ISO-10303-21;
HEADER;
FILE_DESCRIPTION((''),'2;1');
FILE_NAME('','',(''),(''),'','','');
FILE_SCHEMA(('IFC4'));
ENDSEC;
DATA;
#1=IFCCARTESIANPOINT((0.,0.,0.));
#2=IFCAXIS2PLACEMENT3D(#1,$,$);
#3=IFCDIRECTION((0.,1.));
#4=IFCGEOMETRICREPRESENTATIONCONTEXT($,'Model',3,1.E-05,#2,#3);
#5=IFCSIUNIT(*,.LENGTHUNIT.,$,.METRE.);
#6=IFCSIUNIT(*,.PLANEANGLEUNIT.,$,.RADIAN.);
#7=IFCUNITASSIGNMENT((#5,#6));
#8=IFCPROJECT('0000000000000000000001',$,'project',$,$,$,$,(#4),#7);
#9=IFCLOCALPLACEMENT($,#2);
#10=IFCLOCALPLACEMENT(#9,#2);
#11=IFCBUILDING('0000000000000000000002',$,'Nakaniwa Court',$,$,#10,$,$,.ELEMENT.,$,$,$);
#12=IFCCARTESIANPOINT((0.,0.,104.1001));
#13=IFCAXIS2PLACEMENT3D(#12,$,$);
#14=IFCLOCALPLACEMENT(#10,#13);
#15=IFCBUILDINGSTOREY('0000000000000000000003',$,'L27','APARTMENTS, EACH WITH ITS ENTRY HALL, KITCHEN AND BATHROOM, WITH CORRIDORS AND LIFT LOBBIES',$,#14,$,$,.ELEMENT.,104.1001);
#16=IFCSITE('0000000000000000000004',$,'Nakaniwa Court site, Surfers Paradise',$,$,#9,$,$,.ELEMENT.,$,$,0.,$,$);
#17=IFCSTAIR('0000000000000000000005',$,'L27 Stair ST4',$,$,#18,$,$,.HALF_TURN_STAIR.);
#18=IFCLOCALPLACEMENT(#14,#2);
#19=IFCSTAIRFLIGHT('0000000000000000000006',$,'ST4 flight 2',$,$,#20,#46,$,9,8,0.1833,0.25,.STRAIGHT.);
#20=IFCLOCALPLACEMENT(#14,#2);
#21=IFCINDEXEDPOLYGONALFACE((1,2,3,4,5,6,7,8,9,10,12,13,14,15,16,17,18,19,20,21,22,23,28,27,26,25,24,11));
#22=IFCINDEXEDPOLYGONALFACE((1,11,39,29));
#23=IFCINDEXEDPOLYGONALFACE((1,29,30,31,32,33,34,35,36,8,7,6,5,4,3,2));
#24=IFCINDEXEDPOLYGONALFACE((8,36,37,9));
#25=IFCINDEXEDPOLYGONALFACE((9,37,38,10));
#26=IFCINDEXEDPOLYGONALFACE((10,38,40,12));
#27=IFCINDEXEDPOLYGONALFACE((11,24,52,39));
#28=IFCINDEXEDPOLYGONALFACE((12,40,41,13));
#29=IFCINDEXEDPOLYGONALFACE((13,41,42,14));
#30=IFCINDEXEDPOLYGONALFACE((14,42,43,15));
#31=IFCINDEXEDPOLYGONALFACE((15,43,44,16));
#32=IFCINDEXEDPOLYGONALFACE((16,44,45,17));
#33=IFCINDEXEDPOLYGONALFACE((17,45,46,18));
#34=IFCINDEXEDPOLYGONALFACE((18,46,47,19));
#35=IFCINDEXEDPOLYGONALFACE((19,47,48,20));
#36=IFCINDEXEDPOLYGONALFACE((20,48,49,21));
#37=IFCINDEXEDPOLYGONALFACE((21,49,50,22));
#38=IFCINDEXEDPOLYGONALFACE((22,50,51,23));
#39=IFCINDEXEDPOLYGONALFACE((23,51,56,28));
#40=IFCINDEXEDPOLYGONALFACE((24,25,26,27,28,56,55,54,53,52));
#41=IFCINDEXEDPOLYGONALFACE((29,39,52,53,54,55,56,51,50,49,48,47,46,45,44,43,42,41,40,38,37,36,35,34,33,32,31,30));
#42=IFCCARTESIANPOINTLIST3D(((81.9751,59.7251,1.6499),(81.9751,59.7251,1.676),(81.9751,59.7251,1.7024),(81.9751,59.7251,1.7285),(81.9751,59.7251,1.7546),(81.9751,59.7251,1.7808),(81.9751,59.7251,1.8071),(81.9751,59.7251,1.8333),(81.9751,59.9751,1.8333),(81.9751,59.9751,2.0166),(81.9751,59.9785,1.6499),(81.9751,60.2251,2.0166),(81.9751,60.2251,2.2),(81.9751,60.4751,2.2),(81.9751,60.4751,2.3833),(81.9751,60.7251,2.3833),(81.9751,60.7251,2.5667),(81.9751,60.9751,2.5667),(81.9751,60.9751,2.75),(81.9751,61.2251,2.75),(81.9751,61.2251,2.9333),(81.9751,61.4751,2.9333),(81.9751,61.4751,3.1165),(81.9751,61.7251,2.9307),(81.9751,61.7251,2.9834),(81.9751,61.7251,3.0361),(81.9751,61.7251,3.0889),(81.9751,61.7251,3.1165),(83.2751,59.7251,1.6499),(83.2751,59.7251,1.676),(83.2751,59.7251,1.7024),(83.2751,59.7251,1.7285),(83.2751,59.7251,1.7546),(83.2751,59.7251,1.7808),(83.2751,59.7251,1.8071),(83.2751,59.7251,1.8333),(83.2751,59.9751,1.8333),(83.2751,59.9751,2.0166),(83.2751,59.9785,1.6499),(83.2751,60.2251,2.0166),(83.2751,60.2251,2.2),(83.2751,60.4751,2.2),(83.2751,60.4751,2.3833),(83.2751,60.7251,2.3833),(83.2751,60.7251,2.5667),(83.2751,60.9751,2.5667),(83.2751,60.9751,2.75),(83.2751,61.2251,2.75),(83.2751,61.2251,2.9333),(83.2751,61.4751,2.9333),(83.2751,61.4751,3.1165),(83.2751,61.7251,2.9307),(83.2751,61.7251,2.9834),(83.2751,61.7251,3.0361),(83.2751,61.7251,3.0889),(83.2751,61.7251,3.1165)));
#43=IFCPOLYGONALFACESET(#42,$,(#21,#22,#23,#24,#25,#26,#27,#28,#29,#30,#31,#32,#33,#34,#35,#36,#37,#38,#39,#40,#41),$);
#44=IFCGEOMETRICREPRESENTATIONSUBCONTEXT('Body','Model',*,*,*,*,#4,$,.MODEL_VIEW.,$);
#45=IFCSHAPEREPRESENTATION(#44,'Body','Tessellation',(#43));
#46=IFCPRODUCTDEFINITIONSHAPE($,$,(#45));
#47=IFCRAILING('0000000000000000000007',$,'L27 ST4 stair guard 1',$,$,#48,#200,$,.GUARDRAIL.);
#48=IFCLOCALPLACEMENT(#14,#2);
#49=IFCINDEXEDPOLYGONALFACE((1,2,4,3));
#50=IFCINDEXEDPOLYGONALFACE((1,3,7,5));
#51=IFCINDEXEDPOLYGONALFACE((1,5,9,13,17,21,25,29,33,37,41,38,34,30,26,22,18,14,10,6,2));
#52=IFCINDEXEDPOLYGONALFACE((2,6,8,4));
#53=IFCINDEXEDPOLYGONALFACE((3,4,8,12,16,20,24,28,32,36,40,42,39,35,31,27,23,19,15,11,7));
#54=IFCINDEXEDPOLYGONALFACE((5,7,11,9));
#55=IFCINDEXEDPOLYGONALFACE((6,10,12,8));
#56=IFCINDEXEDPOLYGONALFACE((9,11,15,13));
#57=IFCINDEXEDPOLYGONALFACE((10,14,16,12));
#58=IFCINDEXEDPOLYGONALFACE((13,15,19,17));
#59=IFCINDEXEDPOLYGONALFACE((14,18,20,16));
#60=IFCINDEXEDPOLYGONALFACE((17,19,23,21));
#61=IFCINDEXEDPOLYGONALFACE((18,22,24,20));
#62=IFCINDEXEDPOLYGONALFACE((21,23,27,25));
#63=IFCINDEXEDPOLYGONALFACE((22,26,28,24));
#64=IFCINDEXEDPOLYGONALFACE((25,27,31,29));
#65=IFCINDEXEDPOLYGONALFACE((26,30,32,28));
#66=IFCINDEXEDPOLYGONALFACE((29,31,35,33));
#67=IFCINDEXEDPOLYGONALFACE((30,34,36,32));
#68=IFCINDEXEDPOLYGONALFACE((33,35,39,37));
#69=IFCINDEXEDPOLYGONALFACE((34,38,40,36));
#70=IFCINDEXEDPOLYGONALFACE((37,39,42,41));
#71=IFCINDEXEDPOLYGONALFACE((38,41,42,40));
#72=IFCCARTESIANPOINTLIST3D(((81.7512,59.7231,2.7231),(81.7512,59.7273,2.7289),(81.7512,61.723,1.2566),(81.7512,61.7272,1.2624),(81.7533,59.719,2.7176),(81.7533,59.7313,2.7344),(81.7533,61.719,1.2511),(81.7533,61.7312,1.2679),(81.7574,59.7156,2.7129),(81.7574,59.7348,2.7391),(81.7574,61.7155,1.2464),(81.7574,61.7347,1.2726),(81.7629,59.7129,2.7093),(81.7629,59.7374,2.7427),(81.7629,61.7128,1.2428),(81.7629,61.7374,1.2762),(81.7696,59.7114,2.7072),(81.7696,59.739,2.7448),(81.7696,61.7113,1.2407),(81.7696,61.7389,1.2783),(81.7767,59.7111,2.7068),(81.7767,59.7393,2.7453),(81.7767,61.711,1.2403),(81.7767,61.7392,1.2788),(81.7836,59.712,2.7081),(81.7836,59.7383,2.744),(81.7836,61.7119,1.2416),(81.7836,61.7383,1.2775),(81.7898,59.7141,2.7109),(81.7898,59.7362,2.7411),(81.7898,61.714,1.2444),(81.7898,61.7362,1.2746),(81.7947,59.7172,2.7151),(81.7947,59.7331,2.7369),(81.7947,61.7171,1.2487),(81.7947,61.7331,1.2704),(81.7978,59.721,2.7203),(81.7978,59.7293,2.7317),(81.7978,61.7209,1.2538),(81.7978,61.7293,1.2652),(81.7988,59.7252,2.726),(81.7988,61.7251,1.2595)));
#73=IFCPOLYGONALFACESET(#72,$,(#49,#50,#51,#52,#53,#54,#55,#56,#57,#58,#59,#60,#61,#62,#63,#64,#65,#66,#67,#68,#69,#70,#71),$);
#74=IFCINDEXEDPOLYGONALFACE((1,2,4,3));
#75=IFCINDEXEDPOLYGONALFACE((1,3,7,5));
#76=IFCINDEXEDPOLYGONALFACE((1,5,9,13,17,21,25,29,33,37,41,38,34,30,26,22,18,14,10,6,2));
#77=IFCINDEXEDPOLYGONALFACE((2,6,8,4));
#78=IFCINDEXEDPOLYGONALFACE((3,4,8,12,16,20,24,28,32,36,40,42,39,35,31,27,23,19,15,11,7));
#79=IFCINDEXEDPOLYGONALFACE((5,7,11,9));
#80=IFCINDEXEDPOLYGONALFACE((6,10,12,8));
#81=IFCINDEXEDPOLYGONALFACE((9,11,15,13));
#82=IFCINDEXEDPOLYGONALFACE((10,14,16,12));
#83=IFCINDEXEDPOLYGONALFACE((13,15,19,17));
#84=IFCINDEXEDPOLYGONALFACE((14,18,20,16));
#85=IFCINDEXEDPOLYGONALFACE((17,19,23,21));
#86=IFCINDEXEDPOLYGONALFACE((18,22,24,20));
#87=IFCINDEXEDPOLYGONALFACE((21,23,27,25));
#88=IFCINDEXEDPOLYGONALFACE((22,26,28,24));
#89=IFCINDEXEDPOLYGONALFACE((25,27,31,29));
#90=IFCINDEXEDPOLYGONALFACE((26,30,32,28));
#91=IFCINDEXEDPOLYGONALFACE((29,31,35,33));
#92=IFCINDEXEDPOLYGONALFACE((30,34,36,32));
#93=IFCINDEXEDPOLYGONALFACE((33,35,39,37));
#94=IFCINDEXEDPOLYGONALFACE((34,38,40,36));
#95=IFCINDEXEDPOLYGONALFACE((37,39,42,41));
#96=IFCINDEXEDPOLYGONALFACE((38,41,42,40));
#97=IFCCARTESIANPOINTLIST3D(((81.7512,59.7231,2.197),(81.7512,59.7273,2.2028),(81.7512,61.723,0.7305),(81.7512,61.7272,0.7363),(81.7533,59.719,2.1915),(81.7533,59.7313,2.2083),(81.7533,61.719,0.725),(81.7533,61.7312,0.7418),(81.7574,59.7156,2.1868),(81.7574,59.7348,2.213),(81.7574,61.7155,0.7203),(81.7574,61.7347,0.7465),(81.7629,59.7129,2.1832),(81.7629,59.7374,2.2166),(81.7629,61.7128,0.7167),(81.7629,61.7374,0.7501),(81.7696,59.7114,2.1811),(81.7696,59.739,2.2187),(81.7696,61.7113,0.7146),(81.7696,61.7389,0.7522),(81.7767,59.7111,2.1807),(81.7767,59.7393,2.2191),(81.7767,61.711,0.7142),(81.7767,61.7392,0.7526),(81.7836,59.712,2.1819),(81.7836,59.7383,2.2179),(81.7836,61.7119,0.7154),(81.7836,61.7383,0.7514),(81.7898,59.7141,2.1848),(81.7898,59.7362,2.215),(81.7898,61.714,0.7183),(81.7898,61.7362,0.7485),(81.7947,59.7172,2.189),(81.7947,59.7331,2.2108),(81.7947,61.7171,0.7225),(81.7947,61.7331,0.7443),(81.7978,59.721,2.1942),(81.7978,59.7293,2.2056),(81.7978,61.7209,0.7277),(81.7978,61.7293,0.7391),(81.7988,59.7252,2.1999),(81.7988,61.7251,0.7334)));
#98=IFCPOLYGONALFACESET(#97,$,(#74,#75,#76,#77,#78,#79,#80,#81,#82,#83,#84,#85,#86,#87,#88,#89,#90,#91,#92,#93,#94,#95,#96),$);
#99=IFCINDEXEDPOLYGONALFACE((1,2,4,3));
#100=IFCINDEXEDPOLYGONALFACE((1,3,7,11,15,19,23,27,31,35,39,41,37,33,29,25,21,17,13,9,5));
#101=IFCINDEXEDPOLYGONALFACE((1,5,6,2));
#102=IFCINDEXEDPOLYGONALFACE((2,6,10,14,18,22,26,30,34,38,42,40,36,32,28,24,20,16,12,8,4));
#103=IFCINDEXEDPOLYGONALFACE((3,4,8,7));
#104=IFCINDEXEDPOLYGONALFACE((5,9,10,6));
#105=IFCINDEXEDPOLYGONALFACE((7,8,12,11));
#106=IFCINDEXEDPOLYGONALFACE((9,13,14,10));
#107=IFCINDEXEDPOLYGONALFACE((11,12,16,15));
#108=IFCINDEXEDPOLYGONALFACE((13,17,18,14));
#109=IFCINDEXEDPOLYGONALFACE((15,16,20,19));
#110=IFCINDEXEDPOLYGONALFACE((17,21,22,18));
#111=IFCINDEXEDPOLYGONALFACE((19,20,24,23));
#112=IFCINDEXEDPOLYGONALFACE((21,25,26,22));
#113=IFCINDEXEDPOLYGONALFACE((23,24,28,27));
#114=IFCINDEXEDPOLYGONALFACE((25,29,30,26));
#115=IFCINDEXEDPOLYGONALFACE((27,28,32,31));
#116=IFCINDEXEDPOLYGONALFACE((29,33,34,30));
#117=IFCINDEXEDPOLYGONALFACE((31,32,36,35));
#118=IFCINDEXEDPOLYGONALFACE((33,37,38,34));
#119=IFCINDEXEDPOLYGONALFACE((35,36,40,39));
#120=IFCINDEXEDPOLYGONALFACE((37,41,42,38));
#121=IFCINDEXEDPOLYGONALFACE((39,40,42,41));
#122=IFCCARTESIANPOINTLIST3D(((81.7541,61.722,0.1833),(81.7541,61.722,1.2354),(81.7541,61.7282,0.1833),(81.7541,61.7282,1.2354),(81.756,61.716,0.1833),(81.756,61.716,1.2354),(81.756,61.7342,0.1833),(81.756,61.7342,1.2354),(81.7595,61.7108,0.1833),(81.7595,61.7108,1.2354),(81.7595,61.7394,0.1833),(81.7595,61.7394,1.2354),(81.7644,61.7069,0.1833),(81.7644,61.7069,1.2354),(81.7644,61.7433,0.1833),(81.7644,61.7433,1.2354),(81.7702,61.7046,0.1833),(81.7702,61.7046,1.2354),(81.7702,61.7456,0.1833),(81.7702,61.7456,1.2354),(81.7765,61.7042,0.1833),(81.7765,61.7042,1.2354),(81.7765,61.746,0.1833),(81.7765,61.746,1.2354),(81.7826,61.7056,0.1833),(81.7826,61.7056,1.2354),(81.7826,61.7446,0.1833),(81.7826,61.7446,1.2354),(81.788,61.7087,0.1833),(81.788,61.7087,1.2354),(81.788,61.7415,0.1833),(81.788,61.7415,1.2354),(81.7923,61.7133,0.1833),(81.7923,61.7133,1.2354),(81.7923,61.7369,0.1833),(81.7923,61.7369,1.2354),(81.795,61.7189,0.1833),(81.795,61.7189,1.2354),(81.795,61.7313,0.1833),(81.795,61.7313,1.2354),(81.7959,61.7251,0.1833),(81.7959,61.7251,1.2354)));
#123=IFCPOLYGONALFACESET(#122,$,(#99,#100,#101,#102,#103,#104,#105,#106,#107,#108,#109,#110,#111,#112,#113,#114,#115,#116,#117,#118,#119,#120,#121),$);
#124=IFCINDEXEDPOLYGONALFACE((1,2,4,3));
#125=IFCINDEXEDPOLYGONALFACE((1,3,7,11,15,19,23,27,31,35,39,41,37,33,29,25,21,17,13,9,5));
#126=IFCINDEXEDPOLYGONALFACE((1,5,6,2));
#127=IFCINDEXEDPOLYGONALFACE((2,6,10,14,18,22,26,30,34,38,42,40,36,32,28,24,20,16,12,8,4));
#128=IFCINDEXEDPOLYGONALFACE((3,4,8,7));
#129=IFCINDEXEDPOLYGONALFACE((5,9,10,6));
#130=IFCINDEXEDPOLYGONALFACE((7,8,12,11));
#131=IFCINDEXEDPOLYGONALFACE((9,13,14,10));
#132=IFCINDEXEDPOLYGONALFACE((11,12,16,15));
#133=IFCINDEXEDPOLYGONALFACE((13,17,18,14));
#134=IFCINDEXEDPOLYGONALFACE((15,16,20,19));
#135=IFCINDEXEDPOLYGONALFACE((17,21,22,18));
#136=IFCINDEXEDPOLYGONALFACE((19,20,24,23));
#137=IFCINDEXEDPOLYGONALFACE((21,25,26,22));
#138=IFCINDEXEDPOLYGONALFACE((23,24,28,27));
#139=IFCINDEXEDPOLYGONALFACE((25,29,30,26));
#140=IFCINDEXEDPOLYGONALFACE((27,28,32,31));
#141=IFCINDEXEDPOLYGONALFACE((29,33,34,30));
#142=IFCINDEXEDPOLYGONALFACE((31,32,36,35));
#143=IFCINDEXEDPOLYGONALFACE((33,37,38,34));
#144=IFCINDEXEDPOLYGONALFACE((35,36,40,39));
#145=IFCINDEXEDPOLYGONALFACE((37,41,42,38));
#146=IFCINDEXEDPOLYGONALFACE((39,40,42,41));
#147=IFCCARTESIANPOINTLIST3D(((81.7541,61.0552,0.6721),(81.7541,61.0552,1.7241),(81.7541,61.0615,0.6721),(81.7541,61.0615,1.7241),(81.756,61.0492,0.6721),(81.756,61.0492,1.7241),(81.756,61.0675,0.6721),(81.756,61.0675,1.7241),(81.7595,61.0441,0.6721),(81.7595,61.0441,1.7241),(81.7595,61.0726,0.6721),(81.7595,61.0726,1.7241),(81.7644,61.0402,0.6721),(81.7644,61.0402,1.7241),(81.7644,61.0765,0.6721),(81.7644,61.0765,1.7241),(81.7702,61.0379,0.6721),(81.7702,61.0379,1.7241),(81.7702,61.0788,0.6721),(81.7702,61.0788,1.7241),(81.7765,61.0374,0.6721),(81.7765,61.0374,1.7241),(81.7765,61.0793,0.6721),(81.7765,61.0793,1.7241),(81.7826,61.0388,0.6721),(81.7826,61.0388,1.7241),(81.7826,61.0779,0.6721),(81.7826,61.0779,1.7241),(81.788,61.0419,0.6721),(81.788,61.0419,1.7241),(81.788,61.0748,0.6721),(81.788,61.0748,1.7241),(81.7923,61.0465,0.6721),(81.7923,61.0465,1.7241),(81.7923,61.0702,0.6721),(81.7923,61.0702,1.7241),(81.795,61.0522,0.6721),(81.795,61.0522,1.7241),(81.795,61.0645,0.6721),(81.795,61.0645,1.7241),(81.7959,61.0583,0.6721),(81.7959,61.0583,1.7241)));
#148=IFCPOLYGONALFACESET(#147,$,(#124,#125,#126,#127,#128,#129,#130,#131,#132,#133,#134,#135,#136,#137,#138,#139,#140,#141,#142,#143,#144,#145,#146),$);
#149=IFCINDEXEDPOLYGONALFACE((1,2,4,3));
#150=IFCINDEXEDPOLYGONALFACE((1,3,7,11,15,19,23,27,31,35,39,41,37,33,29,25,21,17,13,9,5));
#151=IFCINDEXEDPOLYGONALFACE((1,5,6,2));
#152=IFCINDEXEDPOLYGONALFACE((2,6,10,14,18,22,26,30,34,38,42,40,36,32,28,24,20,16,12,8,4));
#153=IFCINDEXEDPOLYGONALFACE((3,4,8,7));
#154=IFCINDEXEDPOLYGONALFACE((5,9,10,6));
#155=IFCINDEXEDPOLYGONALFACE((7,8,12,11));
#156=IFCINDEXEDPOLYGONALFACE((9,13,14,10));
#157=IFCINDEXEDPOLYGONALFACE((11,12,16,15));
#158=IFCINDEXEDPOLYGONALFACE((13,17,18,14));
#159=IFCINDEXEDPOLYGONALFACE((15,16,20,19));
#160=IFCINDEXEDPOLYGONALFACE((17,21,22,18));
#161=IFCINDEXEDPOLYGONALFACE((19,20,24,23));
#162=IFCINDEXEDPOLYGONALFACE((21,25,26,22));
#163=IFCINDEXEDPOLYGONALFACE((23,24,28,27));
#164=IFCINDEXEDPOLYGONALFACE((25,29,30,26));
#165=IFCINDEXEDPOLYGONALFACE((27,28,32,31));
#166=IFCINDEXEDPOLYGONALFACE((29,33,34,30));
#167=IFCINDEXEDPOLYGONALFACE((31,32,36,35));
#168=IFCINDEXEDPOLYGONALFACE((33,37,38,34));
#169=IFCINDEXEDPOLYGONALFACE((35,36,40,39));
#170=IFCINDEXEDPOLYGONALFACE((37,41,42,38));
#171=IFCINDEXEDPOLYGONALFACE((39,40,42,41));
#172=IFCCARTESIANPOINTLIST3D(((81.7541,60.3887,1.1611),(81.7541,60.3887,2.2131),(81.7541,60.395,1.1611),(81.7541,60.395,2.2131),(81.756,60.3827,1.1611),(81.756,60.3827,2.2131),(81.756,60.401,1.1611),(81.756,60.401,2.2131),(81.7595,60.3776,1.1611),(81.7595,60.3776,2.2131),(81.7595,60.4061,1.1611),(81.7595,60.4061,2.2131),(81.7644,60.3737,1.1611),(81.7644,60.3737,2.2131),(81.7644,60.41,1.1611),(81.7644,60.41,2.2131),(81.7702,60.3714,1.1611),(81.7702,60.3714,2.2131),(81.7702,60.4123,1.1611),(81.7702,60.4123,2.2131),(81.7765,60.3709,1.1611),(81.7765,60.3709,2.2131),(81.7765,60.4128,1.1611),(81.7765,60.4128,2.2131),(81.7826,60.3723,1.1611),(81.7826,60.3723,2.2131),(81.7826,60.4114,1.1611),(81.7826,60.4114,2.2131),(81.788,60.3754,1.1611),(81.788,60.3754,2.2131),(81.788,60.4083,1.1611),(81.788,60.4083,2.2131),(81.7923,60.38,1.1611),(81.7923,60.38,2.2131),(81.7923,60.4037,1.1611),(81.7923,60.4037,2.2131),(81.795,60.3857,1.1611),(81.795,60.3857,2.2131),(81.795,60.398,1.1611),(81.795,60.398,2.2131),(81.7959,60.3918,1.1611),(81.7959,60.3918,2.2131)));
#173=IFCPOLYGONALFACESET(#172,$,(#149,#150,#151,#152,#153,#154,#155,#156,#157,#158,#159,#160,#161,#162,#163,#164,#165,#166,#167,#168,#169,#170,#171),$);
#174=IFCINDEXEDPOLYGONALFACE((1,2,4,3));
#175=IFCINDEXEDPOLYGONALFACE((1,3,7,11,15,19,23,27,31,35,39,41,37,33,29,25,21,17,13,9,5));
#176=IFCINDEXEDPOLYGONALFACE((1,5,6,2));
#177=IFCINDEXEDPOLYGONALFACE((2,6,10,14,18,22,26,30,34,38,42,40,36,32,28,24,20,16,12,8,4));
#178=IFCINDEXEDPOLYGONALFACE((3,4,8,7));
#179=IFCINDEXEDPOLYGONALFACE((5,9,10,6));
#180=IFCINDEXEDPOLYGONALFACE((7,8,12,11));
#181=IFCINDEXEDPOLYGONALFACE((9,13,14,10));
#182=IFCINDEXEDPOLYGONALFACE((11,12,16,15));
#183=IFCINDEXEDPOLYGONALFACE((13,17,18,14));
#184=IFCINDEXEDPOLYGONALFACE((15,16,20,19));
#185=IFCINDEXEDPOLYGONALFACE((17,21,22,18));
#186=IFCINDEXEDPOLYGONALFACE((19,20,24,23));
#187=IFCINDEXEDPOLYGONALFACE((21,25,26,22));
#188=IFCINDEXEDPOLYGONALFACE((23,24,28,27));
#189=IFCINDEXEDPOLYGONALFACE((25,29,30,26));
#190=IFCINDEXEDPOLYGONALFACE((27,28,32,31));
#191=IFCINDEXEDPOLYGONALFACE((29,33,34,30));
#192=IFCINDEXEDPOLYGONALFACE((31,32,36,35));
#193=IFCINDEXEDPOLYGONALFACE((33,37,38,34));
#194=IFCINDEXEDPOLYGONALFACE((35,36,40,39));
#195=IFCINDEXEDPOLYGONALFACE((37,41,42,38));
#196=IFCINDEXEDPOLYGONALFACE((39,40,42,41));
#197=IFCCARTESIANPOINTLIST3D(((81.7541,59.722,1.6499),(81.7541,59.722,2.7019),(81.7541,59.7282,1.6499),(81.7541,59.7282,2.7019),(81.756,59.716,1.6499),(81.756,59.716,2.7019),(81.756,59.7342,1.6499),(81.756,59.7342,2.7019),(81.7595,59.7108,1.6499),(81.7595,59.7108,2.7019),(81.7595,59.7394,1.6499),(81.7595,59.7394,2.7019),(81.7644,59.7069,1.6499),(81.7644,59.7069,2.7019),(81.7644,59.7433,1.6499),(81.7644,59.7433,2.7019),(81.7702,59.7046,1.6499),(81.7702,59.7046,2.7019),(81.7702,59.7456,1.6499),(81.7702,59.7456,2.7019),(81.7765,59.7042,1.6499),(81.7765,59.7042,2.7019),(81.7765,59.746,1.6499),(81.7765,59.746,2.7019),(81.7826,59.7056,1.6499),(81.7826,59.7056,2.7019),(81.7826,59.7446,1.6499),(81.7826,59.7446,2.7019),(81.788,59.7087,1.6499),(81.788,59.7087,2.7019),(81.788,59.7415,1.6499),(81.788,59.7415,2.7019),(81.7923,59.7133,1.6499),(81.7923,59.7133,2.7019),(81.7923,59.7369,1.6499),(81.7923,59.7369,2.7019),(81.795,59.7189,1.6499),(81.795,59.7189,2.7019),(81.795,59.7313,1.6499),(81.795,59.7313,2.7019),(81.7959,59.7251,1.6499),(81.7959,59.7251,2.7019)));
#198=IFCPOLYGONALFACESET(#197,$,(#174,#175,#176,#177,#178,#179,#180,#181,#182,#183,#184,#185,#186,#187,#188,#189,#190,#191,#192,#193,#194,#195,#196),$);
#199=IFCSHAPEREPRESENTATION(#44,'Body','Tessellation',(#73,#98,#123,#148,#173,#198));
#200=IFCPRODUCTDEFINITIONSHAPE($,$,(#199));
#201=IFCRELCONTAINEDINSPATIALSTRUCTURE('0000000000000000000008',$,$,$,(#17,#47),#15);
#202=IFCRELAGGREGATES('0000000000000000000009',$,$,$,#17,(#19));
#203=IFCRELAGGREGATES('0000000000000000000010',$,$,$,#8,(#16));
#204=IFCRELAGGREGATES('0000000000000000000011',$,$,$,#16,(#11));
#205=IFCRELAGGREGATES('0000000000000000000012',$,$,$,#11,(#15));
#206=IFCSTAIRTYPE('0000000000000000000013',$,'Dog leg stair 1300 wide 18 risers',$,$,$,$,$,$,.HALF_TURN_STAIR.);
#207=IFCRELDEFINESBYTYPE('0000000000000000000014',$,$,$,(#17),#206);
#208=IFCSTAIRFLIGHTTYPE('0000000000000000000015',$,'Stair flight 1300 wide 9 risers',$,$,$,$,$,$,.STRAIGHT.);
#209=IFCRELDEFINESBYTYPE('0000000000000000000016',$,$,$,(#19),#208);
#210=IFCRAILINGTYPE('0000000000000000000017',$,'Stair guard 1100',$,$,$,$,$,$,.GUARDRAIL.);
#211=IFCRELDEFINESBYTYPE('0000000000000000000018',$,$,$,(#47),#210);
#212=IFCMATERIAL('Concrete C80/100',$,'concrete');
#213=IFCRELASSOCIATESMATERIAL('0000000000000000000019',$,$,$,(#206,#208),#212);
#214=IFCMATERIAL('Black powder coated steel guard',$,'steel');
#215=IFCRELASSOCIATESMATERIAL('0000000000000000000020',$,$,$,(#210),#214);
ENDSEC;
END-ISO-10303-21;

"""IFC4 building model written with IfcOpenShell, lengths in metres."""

from ifc_helpers import new_model, si_unit, direction, frame, origin, origin_2d, place, context, subcontext, project, spatial, polyline, circle, outline, extrude, material, type_object, element, aggregate, save


model = new_model("IFC4")

# Units and contexts
model_context = context("Model", 3, precision=1e-05, world=origin(), true_north=direction((0.0, 1.0)))
body_context = subcontext(model_context, "Body", "Model", "MODEL_VIEW")
ifc_project = project(units=[si_unit("LENGTHUNIT", "METRE"), si_unit("PLANEANGLEUNIT", "RADIAN")], contexts=[model_context])

# Site, building, storey
site_placement = place(None, origin())
site = spatial("IfcSite", under=ifc_project, at=site_placement, Name="Nakaniwa Court site, Surfers Paradise", CompositionType="ELEMENT", RefElevation=0.0)
building_placement = place(site_placement, origin())
building = spatial("IfcBuilding", under=site, at=building_placement, Name="Nakaniwa Court", CompositionType="ELEMENT")
storey_placement = place(building_placement, frame((0.0, 0.0, 104.1001)))
storey = spatial("IfcBuildingStorey", under=building, at=storey_placement, Name="L27", Description="APARTMENTS, EACH WITH ITS ENTRY HALL, KITCHEN AND BATHROOM, WITH CORRIDORS AND LIFT LOBBIES", CompositionType="ELEMENT", Elevation=104.1001)

# Shared definitions
ifc_material_1 = material(Name="Concrete C80/100", Category="concrete")

# Stair, stair flight
stair_type = type_object("IfcStairType", Name="Dog leg stair 1300 wide 18 risers", PredefinedType="HALF_TURN_STAIR", material=ifc_material_1)
stair_placement = place(storey_placement, origin())
stair = element("IfcStair", 1, at=stair_placement, inside=storey, type_object=stair_type, Name="L27 Stair ST4", PredefinedType="HALF_TURN_STAIR")
stair_flight_type = type_object("IfcStairFlightType", Name="Stair flight 1300 wide 9 risers", PredefinedType="STRAIGHT", material=ifc_material_1)
stair_flight_1_placement = place(storey_placement, frame((82.625, 59.7251, 1.6499), z_axis=(0.0, 0.0, 1.0), x_axis=(0.0, 1.0, 0.0)))
stair_flight_1 = element("IfcStairFlight", 2, at=stair_flight_1_placement, type_object=stair_flight_type, Name="ST4 flight 2", NumberOfRisers=9, NumberOfTreads=8, PredefinedType="STRAIGHT", RiserHeight=0.1833, TreadLength=0.25, context=body_context, shape_type="SweptSolid", body=[
    extrude(outline(polyline([(0.0, 0.0), (0.0, 0.0261), (0.0, 0.0525), (0.0, 0.0786), (0.0, 0.1047), (0.0, 0.1309), (0.0, 0.1572), (0.0, 0.1833), (0.25, 0.1833), (0.25, 0.3667), (0.5, 0.3667), (0.5, 0.55), (0.75, 0.55), (0.75, 0.7334), (1.0, 0.7334), (1.0, 0.9167), (1.25, 0.9167), (1.25, 1.1001), (1.5, 1.1001), (1.5, 1.2834), (1.75, 1.2834), (1.75, 1.4666), (2.0, 1.4666), (2.0, 1.6499), (2.0, 1.5972), (2.0, 1.5444), (2.0, 1.4917), (2.0, 1.439), (2.0, 1.3862), (2.0, 1.3335), (2.0, 1.2808), (0.2534, 0.0), (0.0, 0.0)])), frame((0.0, 0.6499, 0.0), z_axis=(0.0, -1.0, 0.0), x_axis=(1.0, 0.0, 0.0)), (0.0, 0.0, 1.0), 1.3),
])
aggregate(stair, [stair_flight_1])

# Railing
ifc_material_2 = material(Name="Black powder coated steel guard", Category="steel")
railing_type_1 = type_object("IfcRailingType", Name="Stair guard 1100", PredefinedType="GUARDRAIL", material=ifc_material_2)
railing_1_placement = place(storey_placement, frame((81.7749, 61.7251, 0.1833)))
element("IfcRailing", 3, at=railing_1_placement, inside=storey, type_object=railing_type_1, Name="L27 ST4 stair guard 1", PredefinedType="GUARDRAIL", context=body_context, shape_type="SweptSolid", body=[
    extrude(circle(Radius=0.0239, at=origin_2d()), frame((0.0, 0.0, 1.0762), z_axis=(0.0, -0.806427, 0.591334), x_axis=(1.0, 0.0, 0.0)), (0.0, 0.0, 1.0), 2.48),
    extrude(circle(Radius=0.0239, at=origin_2d()), frame((0.0, 0.0, 0.55), z_axis=(0.0, -0.806427, 0.591334), x_axis=(1.0, 0.0, 0.0)), (0.0, 0.0, 1.0), 2.48),
    extrude(circle(Radius=0.021, at=origin_2d()), origin(), (0.0, 0.0, 1.0), 1.052),
    extrude(circle(Radius=0.021, at=origin_2d()), frame((0.0, -0.6667, 0.4888)), (0.0, 0.0, 1.0), 1.052),
    extrude(circle(Radius=0.021, at=origin_2d()), frame((0.0, -1.3333, 0.9778)), (0.0, 0.0, 1.0), 1.052),
    extrude(circle(Radius=0.021, at=origin_2d()), frame((0.0, -2.0, 1.4666)), (0.0, 0.0, 1.0), 1.052),
])

save(model, "model.ifc")
